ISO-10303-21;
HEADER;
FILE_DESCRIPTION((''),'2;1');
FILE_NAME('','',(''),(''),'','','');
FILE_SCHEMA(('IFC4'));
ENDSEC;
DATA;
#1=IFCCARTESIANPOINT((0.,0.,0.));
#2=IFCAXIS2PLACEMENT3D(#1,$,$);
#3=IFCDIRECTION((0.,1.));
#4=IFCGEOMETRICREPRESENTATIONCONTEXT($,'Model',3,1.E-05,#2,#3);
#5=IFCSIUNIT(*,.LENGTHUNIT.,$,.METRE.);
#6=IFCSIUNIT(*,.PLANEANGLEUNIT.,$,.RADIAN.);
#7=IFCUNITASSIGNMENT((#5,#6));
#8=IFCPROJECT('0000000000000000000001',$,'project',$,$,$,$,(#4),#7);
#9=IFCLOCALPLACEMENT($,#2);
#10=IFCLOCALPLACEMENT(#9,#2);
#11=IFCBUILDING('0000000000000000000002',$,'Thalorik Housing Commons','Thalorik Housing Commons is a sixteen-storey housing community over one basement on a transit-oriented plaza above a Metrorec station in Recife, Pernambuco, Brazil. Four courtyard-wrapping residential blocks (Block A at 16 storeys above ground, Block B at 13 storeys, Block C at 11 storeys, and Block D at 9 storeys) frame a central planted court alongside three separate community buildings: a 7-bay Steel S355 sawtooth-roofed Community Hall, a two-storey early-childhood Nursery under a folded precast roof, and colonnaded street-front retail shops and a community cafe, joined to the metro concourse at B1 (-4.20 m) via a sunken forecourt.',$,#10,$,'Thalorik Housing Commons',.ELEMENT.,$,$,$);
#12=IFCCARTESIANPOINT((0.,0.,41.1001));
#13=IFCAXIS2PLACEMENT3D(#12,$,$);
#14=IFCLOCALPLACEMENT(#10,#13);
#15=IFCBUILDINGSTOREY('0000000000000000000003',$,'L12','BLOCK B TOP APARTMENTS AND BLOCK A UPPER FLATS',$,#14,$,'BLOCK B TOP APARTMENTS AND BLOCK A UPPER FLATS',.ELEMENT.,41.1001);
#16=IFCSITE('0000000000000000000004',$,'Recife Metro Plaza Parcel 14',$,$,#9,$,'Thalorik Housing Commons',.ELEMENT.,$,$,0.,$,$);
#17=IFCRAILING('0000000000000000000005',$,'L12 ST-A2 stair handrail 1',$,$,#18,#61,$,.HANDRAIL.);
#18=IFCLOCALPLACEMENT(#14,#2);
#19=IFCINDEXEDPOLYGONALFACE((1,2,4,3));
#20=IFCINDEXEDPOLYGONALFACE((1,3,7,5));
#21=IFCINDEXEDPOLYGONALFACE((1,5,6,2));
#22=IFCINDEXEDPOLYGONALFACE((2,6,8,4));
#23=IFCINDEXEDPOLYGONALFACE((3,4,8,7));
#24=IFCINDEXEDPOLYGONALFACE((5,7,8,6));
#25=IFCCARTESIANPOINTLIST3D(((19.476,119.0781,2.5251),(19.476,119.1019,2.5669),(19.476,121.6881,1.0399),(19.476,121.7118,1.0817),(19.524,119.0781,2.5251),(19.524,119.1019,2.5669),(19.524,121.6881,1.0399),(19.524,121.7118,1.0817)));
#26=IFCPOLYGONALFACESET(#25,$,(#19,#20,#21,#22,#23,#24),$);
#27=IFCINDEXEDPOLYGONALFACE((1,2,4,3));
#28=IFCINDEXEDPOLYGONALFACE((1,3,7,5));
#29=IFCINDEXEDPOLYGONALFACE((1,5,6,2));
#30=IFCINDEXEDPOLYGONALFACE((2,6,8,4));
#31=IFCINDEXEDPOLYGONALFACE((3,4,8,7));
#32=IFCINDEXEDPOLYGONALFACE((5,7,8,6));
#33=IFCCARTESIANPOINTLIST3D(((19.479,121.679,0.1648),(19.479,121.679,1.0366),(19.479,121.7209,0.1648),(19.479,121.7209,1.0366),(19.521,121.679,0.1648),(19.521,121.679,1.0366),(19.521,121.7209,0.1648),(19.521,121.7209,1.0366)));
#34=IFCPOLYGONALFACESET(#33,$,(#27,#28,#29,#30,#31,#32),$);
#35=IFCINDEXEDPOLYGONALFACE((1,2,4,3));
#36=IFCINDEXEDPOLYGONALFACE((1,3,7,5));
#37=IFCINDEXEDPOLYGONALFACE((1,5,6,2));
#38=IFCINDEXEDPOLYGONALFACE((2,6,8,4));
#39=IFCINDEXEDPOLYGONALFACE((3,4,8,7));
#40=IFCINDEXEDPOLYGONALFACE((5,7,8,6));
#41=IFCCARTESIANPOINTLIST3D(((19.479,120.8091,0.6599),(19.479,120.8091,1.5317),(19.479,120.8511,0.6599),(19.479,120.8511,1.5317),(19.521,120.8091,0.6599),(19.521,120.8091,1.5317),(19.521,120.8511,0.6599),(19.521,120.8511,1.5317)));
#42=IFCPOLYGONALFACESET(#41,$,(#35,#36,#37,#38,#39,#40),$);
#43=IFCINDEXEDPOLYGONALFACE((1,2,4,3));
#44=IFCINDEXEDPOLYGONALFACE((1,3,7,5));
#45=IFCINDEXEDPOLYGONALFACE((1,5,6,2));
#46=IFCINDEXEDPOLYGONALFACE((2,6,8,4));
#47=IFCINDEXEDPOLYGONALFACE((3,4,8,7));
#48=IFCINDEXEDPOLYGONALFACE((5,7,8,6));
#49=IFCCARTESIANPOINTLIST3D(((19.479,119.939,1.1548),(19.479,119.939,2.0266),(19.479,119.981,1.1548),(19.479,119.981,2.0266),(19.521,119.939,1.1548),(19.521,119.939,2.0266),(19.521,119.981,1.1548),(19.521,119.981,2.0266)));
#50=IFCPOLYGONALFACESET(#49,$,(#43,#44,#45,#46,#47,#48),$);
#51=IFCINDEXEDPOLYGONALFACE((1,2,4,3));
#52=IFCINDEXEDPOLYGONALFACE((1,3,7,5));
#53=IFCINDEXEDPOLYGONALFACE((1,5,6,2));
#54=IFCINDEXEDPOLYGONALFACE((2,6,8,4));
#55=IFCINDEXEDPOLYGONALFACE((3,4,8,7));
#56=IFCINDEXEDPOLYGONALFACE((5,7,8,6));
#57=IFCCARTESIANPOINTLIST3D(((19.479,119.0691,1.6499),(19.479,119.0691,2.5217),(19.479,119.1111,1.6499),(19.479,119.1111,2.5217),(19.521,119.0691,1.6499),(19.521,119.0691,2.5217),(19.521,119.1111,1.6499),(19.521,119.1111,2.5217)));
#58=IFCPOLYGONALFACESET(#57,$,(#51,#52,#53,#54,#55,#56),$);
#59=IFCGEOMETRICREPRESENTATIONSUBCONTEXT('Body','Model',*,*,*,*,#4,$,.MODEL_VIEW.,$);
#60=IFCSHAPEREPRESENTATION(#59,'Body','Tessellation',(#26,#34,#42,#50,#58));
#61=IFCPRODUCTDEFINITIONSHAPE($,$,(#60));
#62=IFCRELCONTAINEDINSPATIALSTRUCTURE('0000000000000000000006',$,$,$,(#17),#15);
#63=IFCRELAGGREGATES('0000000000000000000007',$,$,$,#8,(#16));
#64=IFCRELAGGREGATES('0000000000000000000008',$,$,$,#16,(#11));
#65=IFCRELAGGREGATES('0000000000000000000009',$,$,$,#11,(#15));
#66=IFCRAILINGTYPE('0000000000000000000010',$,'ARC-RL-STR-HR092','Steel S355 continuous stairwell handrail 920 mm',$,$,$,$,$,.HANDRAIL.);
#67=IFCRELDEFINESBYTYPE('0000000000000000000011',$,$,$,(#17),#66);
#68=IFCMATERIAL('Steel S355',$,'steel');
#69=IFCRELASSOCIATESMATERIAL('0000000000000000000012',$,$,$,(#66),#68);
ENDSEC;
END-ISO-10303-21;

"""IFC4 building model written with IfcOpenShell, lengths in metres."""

from ifc_helpers import new_model, si_unit, direction, frame, origin, origin_2d, place, context, subcontext, project, spatial, rectangle, extrude, material, type_object, element, save


model = new_model("IFC4")

# Units and contexts
model_context = context("Model", 3, precision=1e-05, world=origin(), true_north=direction((0.0, 1.0)))
body_context = subcontext(model_context, "Body", "Model", "MODEL_VIEW")
ifc_project = project(units=[si_unit("LENGTHUNIT", "METRE"), si_unit("PLANEANGLEUNIT", "RADIAN")], contexts=[model_context])

# Site, building, storey
site_placement = place(None, origin())
site = spatial("IfcSite", under=ifc_project, at=site_placement, Name="Recife Metro Plaza Parcel 14", LongName="Thalorik Housing Commons", CompositionType="ELEMENT", RefElevation=0.0)
building_placement = place(site_placement, origin())
building = spatial("IfcBuilding", under=site, at=building_placement, Name="Thalorik Housing Commons", Description="Thalorik Housing Commons is a sixteen-storey housing community over one basement on a transit-oriented plaza above a Metrorec station in Recife, Pernambuco, Brazil. Four courtyard-wrapping residential blocks (Block A at 16 storeys above ground, Block B at 13 storeys, Block C at 11 storeys, and Block D at 9 storeys) frame a central planted court alongside three separate community buildings: a 7-bay Steel S355 sawtooth-roofed Community Hall, a two-storey early-childhood Nursery under a folded precast roof, and colonnaded street-front retail shops and a community cafe, joined to the metro concourse at B1 (-4.20 m) via a sunken forecourt.", LongName="Thalorik Housing Commons", CompositionType="ELEMENT")
storey_placement = place(building_placement, frame((0.0, 0.0, 41.1001)))
storey = spatial("IfcBuildingStorey", under=building, at=storey_placement, Name="L12", Description="BLOCK B TOP APARTMENTS AND BLOCK A UPPER FLATS", LongName="BLOCK B TOP APARTMENTS AND BLOCK A UPPER FLATS", CompositionType="ELEMENT", Elevation=41.1001)

# Shared definitions
ifc_material_1 = material(Name="Steel S355", Category="steel")

# Railing
railing_type_1 = type_object("IfcRailingType", Name="ARC-RL-STR-HR092", Description="Steel S355 continuous stairwell handrail 920 mm", PredefinedType="HANDRAIL", material=ifc_material_1)
railing_1_placement = place(storey_placement, frame((19.5, 121.7, 0.1648)))
element("IfcRailing", 1, at=railing_1_placement, inside=storey, type_object=railing_type_1, Name="L12 ST-A2 stair handrail 1", PredefinedType="HANDRAIL", context=body_context, shape_type="SweptSolid", body=[
    extrude(rectangle(XDim=0.0481, YDim=0.0481, at=origin_2d()), frame((0.0, 0.0, 0.896), z_axis=(0.0, -0.869137, 0.494571), x_axis=(1.0, 0.0, 0.0)), (0.0, 0.0, 1.0), 3.0029),
    extrude(rectangle(XDim=0.042, YDim=0.042, at=origin_2d()), origin(), (0.0, 0.0, 1.0), 0.8718),
    extrude(rectangle(XDim=0.042, YDim=0.042, at=origin_2d()), frame((0.0, -0.8699, 0.4951)), (0.0, 0.0, 1.0), 0.8718),
    extrude(rectangle(XDim=0.042, YDim=0.042, at=origin_2d()), frame((0.0, -1.74, 0.99)), (0.0, 0.0, 1.0), 0.8718),
    extrude(rectangle(XDim=0.042, YDim=0.042, at=origin_2d()), frame((0.0, -2.6099, 1.4851)), (0.0, 0.0, 1.0), 0.8718),
])

save(model, "model.ifc")
